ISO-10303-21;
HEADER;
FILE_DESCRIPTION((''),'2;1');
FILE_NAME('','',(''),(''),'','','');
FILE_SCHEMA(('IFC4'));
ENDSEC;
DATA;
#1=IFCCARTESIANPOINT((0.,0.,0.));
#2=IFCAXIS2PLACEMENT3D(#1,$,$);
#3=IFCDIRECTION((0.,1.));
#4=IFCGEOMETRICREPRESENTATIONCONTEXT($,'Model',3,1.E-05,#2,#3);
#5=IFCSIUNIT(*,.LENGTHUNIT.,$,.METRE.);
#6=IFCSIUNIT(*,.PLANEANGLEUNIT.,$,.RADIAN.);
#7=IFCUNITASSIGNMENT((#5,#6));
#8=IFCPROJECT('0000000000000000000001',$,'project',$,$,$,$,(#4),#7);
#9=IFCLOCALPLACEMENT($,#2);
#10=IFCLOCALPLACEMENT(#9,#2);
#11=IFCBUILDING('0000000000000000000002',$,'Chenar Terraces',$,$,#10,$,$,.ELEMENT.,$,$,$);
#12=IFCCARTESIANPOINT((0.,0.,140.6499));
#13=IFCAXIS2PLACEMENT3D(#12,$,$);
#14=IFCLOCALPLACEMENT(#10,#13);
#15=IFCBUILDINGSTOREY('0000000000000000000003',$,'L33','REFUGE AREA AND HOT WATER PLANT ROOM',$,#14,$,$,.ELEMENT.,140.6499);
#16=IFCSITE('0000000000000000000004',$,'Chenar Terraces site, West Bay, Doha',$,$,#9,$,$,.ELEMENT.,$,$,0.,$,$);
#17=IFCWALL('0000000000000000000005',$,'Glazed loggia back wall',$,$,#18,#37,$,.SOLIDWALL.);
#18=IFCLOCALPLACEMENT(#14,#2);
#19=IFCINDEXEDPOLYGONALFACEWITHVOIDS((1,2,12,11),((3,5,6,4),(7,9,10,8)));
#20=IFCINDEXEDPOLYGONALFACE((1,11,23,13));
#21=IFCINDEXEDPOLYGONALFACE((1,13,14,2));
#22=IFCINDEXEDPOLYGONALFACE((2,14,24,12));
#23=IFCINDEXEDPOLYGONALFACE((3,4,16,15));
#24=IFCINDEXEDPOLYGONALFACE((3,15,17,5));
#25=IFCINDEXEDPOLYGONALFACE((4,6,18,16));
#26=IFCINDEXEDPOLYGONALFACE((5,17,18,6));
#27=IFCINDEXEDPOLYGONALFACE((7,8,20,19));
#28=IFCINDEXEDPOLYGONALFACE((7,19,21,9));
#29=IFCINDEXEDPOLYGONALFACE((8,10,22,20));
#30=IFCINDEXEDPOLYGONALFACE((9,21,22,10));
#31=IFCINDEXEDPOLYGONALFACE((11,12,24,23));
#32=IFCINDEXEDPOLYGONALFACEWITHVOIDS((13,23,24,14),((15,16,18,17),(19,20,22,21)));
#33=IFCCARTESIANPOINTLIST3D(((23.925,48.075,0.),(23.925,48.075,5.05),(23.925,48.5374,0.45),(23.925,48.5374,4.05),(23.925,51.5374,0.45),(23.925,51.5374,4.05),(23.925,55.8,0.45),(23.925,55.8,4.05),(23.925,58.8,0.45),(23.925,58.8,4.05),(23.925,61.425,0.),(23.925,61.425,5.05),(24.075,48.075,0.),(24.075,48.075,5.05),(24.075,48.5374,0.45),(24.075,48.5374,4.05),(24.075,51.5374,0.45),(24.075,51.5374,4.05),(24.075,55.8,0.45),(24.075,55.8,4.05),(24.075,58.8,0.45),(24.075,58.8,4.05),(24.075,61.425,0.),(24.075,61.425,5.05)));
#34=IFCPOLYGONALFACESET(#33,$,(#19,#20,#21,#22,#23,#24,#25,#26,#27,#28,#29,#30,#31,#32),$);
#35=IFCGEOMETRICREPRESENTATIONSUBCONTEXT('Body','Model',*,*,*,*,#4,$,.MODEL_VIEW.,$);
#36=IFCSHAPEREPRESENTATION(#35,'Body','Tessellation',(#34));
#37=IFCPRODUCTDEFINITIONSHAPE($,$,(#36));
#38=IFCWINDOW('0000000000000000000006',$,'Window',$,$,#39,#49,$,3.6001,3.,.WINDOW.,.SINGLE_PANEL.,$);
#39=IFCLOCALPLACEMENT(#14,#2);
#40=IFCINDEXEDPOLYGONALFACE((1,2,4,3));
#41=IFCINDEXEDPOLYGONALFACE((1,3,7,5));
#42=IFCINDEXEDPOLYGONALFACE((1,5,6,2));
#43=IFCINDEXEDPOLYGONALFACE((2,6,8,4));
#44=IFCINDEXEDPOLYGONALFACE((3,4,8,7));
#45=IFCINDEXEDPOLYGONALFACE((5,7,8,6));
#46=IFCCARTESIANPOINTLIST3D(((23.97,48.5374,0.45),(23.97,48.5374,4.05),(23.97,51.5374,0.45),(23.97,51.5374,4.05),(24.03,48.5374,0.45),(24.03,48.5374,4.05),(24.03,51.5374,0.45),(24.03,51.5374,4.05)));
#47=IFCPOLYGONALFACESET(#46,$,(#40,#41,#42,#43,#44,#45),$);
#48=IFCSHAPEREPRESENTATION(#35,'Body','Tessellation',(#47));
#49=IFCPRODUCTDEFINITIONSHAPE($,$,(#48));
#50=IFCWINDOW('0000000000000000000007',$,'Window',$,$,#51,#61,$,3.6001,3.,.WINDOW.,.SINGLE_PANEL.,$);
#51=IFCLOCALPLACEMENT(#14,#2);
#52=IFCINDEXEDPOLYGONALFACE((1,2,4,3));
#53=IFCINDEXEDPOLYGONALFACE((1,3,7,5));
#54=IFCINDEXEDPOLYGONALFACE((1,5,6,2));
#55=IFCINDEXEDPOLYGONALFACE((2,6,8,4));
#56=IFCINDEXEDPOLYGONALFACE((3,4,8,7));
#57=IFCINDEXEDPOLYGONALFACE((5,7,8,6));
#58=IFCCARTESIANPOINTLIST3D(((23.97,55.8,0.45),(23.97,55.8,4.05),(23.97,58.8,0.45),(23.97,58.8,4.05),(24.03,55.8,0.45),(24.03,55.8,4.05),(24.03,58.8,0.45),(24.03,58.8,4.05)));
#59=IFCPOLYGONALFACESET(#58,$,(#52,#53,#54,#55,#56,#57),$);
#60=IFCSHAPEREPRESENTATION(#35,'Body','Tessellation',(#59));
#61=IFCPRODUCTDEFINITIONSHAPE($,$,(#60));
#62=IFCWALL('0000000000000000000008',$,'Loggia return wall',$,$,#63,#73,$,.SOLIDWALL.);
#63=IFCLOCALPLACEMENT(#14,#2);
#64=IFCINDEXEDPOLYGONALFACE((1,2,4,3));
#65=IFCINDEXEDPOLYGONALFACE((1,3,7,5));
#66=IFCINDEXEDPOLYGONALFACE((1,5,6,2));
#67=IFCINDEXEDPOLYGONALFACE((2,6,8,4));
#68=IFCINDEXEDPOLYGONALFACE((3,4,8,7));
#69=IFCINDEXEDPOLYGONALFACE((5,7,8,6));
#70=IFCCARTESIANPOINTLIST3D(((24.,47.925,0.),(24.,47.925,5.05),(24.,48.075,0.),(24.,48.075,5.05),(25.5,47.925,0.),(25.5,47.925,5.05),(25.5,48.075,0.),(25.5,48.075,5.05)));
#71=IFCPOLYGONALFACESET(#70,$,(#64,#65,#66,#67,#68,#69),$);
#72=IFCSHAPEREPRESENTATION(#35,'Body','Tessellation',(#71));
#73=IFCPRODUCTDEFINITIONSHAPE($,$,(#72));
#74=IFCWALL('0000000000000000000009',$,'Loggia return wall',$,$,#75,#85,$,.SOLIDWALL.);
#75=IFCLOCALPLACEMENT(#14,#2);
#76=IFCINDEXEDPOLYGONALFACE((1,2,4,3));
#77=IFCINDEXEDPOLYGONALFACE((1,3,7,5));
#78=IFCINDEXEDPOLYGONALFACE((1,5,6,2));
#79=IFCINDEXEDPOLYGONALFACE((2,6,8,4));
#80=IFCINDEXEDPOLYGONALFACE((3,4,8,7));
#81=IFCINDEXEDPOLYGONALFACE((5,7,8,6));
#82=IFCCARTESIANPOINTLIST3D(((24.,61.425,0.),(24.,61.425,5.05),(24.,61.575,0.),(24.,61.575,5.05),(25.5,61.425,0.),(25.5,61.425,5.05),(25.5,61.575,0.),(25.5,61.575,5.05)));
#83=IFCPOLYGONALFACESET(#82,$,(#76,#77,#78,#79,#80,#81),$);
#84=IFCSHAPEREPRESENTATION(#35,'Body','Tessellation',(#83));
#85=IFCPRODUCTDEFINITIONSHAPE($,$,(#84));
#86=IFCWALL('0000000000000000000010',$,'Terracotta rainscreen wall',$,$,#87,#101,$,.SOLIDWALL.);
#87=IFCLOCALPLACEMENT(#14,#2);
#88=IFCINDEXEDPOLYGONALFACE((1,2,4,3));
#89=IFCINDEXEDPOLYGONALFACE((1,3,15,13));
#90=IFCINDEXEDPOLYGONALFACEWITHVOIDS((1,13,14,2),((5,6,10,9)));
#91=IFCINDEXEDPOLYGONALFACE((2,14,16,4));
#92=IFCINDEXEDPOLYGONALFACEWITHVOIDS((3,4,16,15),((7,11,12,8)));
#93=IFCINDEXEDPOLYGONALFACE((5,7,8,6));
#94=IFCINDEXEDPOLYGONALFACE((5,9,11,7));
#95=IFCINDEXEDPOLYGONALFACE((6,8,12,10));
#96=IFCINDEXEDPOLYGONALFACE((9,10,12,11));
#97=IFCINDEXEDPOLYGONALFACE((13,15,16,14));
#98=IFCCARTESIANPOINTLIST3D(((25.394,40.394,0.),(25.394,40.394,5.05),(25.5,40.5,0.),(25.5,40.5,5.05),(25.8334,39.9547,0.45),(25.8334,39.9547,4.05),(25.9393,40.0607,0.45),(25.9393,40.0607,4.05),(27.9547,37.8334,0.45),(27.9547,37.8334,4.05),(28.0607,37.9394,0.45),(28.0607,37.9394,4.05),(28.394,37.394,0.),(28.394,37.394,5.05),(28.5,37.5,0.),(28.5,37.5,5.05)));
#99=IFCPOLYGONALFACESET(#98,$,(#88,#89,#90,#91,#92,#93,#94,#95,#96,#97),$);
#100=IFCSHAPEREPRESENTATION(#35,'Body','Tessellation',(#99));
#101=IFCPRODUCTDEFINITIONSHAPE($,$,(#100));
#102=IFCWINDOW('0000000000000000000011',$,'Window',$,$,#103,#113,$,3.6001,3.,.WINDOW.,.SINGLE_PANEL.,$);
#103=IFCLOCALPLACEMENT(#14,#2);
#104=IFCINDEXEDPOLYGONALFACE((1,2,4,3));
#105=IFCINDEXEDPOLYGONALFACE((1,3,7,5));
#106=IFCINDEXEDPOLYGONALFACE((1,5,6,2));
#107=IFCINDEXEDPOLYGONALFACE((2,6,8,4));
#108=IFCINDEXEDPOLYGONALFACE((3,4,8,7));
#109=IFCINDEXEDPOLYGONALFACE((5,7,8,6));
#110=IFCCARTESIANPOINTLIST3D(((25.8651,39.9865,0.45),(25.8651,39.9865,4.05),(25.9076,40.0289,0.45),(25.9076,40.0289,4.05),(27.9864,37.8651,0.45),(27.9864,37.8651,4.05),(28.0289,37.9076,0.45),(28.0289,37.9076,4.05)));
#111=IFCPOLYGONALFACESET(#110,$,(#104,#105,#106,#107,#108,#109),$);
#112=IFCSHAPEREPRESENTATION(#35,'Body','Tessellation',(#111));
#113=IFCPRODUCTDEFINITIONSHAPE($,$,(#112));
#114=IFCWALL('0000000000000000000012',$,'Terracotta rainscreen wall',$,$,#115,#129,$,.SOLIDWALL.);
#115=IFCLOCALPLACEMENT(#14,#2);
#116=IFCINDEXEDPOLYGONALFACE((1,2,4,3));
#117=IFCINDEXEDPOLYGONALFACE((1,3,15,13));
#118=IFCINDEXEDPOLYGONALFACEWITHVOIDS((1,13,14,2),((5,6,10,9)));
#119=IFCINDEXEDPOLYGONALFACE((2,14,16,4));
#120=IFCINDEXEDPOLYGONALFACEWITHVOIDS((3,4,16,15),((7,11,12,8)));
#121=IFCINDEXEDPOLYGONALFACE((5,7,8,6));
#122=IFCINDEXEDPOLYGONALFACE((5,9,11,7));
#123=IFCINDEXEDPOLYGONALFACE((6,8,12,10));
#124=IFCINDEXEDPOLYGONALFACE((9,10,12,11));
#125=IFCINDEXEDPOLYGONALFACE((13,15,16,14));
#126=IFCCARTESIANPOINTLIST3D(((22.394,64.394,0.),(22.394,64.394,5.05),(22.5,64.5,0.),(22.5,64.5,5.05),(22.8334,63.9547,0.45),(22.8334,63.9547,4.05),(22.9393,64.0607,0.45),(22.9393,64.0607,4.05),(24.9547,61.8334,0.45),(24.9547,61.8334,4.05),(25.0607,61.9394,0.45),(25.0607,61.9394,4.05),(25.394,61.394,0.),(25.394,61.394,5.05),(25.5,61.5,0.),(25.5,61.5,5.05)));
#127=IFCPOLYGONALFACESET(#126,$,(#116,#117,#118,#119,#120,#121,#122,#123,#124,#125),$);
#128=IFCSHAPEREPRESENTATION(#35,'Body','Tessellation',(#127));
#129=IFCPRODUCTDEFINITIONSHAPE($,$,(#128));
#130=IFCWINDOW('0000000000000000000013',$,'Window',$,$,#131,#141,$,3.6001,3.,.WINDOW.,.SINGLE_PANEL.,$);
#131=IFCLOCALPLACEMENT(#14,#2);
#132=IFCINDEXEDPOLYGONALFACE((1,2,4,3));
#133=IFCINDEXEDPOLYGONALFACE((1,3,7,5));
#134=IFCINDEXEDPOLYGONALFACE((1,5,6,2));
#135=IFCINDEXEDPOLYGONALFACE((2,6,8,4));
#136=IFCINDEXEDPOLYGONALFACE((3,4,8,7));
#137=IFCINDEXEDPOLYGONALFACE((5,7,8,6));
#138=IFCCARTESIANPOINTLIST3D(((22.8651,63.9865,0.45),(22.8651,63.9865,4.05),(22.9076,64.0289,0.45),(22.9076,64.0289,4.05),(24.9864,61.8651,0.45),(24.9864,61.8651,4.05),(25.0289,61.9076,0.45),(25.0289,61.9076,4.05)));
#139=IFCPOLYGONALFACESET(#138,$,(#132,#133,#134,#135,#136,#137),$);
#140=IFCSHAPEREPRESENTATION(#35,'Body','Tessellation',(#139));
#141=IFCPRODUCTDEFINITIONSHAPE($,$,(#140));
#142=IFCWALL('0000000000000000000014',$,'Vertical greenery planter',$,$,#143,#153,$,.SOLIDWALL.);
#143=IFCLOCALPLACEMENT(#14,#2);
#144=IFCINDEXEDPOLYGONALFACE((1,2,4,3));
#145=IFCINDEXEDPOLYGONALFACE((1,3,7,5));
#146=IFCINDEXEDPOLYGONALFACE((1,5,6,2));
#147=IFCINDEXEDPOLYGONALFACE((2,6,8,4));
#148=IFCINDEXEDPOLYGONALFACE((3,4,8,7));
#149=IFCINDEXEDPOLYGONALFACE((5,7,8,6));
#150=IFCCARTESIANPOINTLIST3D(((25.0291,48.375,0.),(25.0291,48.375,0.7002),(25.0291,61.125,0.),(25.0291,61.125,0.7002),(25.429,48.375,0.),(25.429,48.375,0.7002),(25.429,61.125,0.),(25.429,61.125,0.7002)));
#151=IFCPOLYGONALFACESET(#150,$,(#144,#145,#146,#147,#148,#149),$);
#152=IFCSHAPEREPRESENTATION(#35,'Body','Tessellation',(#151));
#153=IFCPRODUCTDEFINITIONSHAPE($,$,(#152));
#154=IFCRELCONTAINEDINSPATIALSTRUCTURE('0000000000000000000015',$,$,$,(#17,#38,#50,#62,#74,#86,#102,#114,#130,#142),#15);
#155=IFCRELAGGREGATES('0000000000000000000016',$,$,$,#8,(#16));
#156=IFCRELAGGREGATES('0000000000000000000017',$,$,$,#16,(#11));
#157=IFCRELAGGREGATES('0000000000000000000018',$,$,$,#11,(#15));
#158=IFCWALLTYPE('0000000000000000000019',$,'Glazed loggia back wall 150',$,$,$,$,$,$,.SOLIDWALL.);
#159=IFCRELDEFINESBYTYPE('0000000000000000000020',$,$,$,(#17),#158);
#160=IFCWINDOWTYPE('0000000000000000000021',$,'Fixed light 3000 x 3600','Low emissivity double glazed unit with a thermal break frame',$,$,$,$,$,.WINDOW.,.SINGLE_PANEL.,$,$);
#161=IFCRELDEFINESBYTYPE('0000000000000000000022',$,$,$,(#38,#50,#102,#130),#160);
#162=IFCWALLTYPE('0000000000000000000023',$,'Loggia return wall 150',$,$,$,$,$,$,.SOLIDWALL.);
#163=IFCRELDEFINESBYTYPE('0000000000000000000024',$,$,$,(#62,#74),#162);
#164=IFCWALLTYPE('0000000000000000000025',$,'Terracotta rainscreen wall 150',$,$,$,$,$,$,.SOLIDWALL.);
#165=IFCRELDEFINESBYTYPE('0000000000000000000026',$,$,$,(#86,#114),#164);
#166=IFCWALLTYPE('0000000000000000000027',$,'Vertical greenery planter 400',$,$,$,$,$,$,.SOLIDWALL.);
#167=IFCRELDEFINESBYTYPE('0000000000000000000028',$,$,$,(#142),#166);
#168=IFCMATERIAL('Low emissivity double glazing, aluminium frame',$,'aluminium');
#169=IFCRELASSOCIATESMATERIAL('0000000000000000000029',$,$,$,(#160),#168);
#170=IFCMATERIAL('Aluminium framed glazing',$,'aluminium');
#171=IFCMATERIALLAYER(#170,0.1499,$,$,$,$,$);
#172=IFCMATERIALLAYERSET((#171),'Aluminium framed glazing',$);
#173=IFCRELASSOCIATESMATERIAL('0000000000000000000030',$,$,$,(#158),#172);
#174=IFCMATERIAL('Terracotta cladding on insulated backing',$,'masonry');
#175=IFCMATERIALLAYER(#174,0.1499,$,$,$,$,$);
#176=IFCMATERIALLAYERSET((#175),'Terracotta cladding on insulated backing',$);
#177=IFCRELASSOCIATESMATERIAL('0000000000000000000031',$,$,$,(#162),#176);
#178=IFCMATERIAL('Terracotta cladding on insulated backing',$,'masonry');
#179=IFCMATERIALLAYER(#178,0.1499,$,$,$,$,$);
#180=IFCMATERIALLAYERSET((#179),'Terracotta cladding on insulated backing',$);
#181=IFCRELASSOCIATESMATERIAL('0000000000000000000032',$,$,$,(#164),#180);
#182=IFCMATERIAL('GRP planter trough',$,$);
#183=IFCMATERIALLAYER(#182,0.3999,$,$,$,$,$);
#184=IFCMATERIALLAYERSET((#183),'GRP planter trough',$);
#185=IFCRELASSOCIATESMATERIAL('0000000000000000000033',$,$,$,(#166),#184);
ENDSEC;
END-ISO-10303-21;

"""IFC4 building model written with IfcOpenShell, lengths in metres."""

from ifc_helpers import new_model, si_unit, direction, frame, frame_2d, origin, place, context, subcontext, project, spatial, rectangle, extrude, material, layer, layer_set, type_object, element, fill, save


model = new_model("IFC4")

# Units and contexts
model_context = context("Model", 3, precision=1e-05, world=origin(), true_north=direction((0.0, 1.0)))
body_context = subcontext(model_context, "Body", "Model", "MODEL_VIEW")
ifc_project = project(units=[si_unit("LENGTHUNIT", "METRE"), si_unit("PLANEANGLEUNIT", "RADIAN")], contexts=[model_context])

# Site, building, storey
site_placement = place(None, origin())
site = spatial("IfcSite", under=ifc_project, at=site_placement, Name="Chenar Terraces site, West Bay, Doha", CompositionType="ELEMENT", RefElevation=0.0)
building_placement = place(site_placement, origin())
building = spatial("IfcBuilding", under=site, at=building_placement, Name="Chenar Terraces", CompositionType="ELEMENT")
storey_placement = place(building_placement, frame((0.0, 0.0, 140.6499)))
storey = spatial("IfcBuildingStorey", under=building, at=storey_placement, Name="L33", Description="REFUGE AREA AND HOT WATER PLANT ROOM", CompositionType="ELEMENT", Elevation=140.6499)

# Wall, openings, windows
ifc_material_1 = material(Name="Low emissivity double glazing, aluminium frame", Category="aluminium")
window_type_1 = type_object("IfcWindowType", Name="Fixed light 3000 x 3600", Description="Low emissivity double glazed unit with a thermal break frame", PartitioningType="SINGLE_PANEL", PredefinedType="WINDOW", material=ifc_material_1)
ifc_material_2 = material(Name="Aluminium framed glazing", Category="aluminium")
ifc_layer_1 = layer(ifc_material_2, 0.1499)
ifc_layer_set_1 = layer_set([ifc_layer_1], Name="Aluminium framed glazing")
wall_type_1 = type_object("IfcWallType", Name="Glazed loggia back wall 150", PredefinedType="SOLIDWALL", material=ifc_layer_set_1)
wall_1_placement = place(storey_placement, frame((24.0, 48.075, 0.0), z_axis=(0.0, 0.0, 1.0), x_axis=(0.0, 1.0, 0.0)))
wall_1 = element("IfcWall", 1, at=wall_1_placement, inside=storey, type_object=wall_type_1, Name="Glazed loggia back wall", PredefinedType="SOLIDWALL", context=body_context, shape_type="SweptSolid", body=[
    extrude(rectangle(XDim=13.3501, YDim=0.1499, at=frame_2d((6.675, 0.0))), origin(), (0.0, 0.0, 1.0), 5.05),
])
opening_1_placement = place(wall_1_placement, frame((0.4624, 0.0, 0.45)))
opening_1 = element("IfcOpeningElement", 2, at=opening_1_placement, cuts=wall_1, PredefinedType="OPENING", context=body_context, shape_type="SweptSolid", body=[
    extrude(rectangle(XDim=3.0, YDim=3.6001, at=frame_2d((1.5, 1.8))), frame((0.0, 0.085, 0.0), z_axis=(0.0, -1.0, 0.0), x_axis=(1.0, 0.0, 0.0)), (0.0, 0.0, 1.0), 0.1699),
])
opening_2_placement = place(wall_1_placement, frame((7.7251, 0.0, 0.45)))
opening_2 = element("IfcOpeningElement", 3, at=opening_2_placement, cuts=wall_1, PredefinedType="OPENING", context=body_context, shape_type="SweptSolid", body=[
    extrude(rectangle(XDim=3.0, YDim=3.6001, at=frame_2d((1.5, 1.8))), frame((0.0, 0.085, 0.0), z_axis=(0.0, -1.0, 0.0), x_axis=(1.0, 0.0, 0.0)), (0.0, 0.0, 1.0), 0.1699),
])
window_1_placement = place(opening_1_placement, origin())
window_1 = element("IfcWindow", 4, at=window_1_placement, inside=storey, type_object=window_type_1, Name="Window", OverallHeight=3.6001, OverallWidth=3.0, PartitioningType="SINGLE_PANEL", PredefinedType="WINDOW", context=body_context, shape_type="SweptSolid", body=[
    extrude(rectangle(XDim=3.0, YDim=3.6001, at=frame_2d((1.5, 1.8))), frame((0.0, 0.03, 0.0), z_axis=(0.0, -1.0, 0.0), x_axis=(1.0, 0.0, 0.0)), (0.0, 0.0, 1.0), 0.0601),
])
fill(opening_1, window_1)
window_2_placement = place(opening_2_placement, origin())
window_2 = element("IfcWindow", 5, at=window_2_placement, inside=storey, type_object=window_type_1, Name="Window", OverallHeight=3.6001, OverallWidth=3.0, PartitioningType="SINGLE_PANEL", PredefinedType="WINDOW", context=body_context, shape_type="SweptSolid", body=[
    extrude(rectangle(XDim=3.0, YDim=3.6001, at=frame_2d((1.5, 1.8))), frame((0.0, 0.03, 0.0), z_axis=(0.0, -1.0, 0.0), x_axis=(1.0, 0.0, 0.0)), (0.0, 0.0, 1.0), 0.0601),
])
fill(opening_2, window_2)

# Walls
ifc_material_3 = material(Name="Terracotta cladding on insulated backing", Category="masonry")
ifc_layer_2 = layer(ifc_material_3, 0.1499)
ifc_layer_set_2 = layer_set([ifc_layer_2], Name="Terracotta cladding on insulated backing")
wall_type_2 = type_object("IfcWallType", Name="Loggia return wall 150", PredefinedType="SOLIDWALL", material=ifc_layer_set_2)
for number, where, z_axis, x_axis, name in (
    (6, (25.5, 48.0, 0.0), (0.0, 0.0, 1.0), (-1.0, 0.0, 0.0), "Loggia return wall"),
    (7, (25.5, 61.5, 0.0), (0.0, 0.0, 1.0), (-1.0, 0.0, 0.0), "Loggia return wall"),
):
    element("IfcWall", number, at=place(storey_placement, frame(where, z_axis=z_axis, x_axis=x_axis)), inside=storey, type_object=wall_type_2, Name=name, PredefinedType="SOLIDWALL", context=body_context, shape_type="SweptSolid", body=[
        extrude(rectangle(XDim=1.5, YDim=0.1499, at=frame_2d((0.75, 0.0))), origin(), (0.0, 0.0, 1.0), 5.05),
    ])

# Walls, openings, windows
ifc_material_4 = material(Name="Terracotta cladding on insulated backing", Category="masonry")
ifc_layer_3 = layer(ifc_material_4, 0.1499)
ifc_layer_set_3 = layer_set([ifc_layer_3], Name="Terracotta cladding on insulated backing")
wall_type_3 = type_object("IfcWallType", Name="Terracotta rainscreen wall 150", PredefinedType="SOLIDWALL", material=ifc_layer_set_3)
wall_2_placement = place(storey_placement, frame((28.447, 37.447, 0.0), z_axis=(0.0, 0.0, 1.0), x_axis=(-0.707107, 0.707107, 0.0)))
wall_2 = element("IfcWall", 8, at=wall_2_placement, inside=storey, type_object=wall_type_3, Name="Terracotta rainscreen wall", PredefinedType="SOLIDWALL", context=body_context, shape_type="SweptSolid", body=[
    extrude(rectangle(XDim=4.2427, YDim=0.1499, at=frame_2d((2.1213, 0.0))), origin(), (0.0, 0.0, 1.0), 5.05),
])
opening_3_placement = place(wall_2_placement, frame((0.6213, 0.0, 0.45)))
opening_3 = element("IfcOpeningElement", 9, at=opening_3_placement, cuts=wall_2, PredefinedType="OPENING", context=body_context, shape_type="SweptSolid", body=[
    extrude(rectangle(XDim=3.0, YDim=3.6001, at=frame_2d((1.5, 1.8))), frame((0.0, 0.085, 0.0), z_axis=(0.0, -1.0, 0.0), x_axis=(1.0, 0.0, 0.0)), (0.0, 0.0, 1.0), 0.1699),
])
window_3_placement = place(opening_3_placement, origin())
window_3 = element("IfcWindow", 10, at=window_3_placement, inside=storey, type_object=window_type_1, Name="Window", OverallHeight=3.6001, OverallWidth=3.0, PartitioningType="SINGLE_PANEL", PredefinedType="WINDOW", context=body_context, shape_type="SweptSolid", body=[
    extrude(rectangle(XDim=3.0, YDim=3.6001, at=frame_2d((1.5, 1.8))), frame((0.0, 0.03, 0.0), z_axis=(0.0, -1.0, 0.0), x_axis=(1.0, 0.0, 0.0)), (0.0, 0.0, 1.0), 0.0601),
])
fill(opening_3, window_3)
wall_3_placement = place(storey_placement, frame((25.447, 61.447, 0.0), z_axis=(0.0, 0.0, 1.0), x_axis=(-0.707107, 0.707107, 0.0)))
wall_3 = element("IfcWall", 11, at=wall_3_placement, inside=storey, type_object=wall_type_3, Name="Terracotta rainscreen wall", PredefinedType="SOLIDWALL", context=body_context, shape_type="SweptSolid", body=[
    extrude(rectangle(XDim=4.2427, YDim=0.1499, at=frame_2d((2.1213, 0.0))), origin(), (0.0, 0.0, 1.0), 5.05),
])
opening_4_placement = place(wall_3_placement, frame((0.6213, 0.0, 0.45)))
opening_4 = element("IfcOpeningElement", 12, at=opening_4_placement, cuts=wall_3, PredefinedType="OPENING", context=body_context, shape_type="SweptSolid", body=[
    extrude(rectangle(XDim=3.0, YDim=3.6001, at=frame_2d((1.5, 1.8))), frame((0.0, 0.085, 0.0), z_axis=(0.0, -1.0, 0.0), x_axis=(1.0, 0.0, 0.0)), (0.0, 0.0, 1.0), 0.1699),
])
window_4_placement = place(opening_4_placement, origin())
window_4 = element("IfcWindow", 13, at=window_4_placement, inside=storey, type_object=window_type_1, Name="Window", OverallHeight=3.6001, OverallWidth=3.0, PartitioningType="SINGLE_PANEL", PredefinedType="WINDOW", context=body_context, shape_type="SweptSolid", body=[
    extrude(rectangle(XDim=3.0, YDim=3.6001, at=frame_2d((1.5, 1.8))), frame((0.0, 0.03, 0.0), z_axis=(0.0, -1.0, 0.0), x_axis=(1.0, 0.0, 0.0)), (0.0, 0.0, 1.0), 0.0601),
])
fill(opening_4, window_4)

# Wall
ifc_material_5 = material(Name="GRP planter trough")
ifc_layer_4 = layer(ifc_material_5, 0.3999)
ifc_layer_set_4 = layer_set([ifc_layer_4], Name="GRP planter trough")
wall_type_4 = type_object("IfcWallType", Name="Vertical greenery planter 400", PredefinedType="SOLIDWALL", material=ifc_layer_set_4)
wall_4_placement = place(storey_placement, frame((25.229, 48.375, 0.0), z_axis=(0.0, 0.0, 1.0), x_axis=(0.0, 1.0, 0.0)))
element("IfcWall", 14, at=wall_4_placement, inside=storey, type_object=wall_type_4, Name="Vertical greenery planter", PredefinedType="SOLIDWALL", context=body_context, shape_type="SweptSolid", body=[
    extrude(rectangle(XDim=12.75, YDim=0.3999, at=frame_2d((6.375, 0.0))), origin(), (0.0, 0.0, 1.0), 0.7002),
])

save(model, "model.ifc")
